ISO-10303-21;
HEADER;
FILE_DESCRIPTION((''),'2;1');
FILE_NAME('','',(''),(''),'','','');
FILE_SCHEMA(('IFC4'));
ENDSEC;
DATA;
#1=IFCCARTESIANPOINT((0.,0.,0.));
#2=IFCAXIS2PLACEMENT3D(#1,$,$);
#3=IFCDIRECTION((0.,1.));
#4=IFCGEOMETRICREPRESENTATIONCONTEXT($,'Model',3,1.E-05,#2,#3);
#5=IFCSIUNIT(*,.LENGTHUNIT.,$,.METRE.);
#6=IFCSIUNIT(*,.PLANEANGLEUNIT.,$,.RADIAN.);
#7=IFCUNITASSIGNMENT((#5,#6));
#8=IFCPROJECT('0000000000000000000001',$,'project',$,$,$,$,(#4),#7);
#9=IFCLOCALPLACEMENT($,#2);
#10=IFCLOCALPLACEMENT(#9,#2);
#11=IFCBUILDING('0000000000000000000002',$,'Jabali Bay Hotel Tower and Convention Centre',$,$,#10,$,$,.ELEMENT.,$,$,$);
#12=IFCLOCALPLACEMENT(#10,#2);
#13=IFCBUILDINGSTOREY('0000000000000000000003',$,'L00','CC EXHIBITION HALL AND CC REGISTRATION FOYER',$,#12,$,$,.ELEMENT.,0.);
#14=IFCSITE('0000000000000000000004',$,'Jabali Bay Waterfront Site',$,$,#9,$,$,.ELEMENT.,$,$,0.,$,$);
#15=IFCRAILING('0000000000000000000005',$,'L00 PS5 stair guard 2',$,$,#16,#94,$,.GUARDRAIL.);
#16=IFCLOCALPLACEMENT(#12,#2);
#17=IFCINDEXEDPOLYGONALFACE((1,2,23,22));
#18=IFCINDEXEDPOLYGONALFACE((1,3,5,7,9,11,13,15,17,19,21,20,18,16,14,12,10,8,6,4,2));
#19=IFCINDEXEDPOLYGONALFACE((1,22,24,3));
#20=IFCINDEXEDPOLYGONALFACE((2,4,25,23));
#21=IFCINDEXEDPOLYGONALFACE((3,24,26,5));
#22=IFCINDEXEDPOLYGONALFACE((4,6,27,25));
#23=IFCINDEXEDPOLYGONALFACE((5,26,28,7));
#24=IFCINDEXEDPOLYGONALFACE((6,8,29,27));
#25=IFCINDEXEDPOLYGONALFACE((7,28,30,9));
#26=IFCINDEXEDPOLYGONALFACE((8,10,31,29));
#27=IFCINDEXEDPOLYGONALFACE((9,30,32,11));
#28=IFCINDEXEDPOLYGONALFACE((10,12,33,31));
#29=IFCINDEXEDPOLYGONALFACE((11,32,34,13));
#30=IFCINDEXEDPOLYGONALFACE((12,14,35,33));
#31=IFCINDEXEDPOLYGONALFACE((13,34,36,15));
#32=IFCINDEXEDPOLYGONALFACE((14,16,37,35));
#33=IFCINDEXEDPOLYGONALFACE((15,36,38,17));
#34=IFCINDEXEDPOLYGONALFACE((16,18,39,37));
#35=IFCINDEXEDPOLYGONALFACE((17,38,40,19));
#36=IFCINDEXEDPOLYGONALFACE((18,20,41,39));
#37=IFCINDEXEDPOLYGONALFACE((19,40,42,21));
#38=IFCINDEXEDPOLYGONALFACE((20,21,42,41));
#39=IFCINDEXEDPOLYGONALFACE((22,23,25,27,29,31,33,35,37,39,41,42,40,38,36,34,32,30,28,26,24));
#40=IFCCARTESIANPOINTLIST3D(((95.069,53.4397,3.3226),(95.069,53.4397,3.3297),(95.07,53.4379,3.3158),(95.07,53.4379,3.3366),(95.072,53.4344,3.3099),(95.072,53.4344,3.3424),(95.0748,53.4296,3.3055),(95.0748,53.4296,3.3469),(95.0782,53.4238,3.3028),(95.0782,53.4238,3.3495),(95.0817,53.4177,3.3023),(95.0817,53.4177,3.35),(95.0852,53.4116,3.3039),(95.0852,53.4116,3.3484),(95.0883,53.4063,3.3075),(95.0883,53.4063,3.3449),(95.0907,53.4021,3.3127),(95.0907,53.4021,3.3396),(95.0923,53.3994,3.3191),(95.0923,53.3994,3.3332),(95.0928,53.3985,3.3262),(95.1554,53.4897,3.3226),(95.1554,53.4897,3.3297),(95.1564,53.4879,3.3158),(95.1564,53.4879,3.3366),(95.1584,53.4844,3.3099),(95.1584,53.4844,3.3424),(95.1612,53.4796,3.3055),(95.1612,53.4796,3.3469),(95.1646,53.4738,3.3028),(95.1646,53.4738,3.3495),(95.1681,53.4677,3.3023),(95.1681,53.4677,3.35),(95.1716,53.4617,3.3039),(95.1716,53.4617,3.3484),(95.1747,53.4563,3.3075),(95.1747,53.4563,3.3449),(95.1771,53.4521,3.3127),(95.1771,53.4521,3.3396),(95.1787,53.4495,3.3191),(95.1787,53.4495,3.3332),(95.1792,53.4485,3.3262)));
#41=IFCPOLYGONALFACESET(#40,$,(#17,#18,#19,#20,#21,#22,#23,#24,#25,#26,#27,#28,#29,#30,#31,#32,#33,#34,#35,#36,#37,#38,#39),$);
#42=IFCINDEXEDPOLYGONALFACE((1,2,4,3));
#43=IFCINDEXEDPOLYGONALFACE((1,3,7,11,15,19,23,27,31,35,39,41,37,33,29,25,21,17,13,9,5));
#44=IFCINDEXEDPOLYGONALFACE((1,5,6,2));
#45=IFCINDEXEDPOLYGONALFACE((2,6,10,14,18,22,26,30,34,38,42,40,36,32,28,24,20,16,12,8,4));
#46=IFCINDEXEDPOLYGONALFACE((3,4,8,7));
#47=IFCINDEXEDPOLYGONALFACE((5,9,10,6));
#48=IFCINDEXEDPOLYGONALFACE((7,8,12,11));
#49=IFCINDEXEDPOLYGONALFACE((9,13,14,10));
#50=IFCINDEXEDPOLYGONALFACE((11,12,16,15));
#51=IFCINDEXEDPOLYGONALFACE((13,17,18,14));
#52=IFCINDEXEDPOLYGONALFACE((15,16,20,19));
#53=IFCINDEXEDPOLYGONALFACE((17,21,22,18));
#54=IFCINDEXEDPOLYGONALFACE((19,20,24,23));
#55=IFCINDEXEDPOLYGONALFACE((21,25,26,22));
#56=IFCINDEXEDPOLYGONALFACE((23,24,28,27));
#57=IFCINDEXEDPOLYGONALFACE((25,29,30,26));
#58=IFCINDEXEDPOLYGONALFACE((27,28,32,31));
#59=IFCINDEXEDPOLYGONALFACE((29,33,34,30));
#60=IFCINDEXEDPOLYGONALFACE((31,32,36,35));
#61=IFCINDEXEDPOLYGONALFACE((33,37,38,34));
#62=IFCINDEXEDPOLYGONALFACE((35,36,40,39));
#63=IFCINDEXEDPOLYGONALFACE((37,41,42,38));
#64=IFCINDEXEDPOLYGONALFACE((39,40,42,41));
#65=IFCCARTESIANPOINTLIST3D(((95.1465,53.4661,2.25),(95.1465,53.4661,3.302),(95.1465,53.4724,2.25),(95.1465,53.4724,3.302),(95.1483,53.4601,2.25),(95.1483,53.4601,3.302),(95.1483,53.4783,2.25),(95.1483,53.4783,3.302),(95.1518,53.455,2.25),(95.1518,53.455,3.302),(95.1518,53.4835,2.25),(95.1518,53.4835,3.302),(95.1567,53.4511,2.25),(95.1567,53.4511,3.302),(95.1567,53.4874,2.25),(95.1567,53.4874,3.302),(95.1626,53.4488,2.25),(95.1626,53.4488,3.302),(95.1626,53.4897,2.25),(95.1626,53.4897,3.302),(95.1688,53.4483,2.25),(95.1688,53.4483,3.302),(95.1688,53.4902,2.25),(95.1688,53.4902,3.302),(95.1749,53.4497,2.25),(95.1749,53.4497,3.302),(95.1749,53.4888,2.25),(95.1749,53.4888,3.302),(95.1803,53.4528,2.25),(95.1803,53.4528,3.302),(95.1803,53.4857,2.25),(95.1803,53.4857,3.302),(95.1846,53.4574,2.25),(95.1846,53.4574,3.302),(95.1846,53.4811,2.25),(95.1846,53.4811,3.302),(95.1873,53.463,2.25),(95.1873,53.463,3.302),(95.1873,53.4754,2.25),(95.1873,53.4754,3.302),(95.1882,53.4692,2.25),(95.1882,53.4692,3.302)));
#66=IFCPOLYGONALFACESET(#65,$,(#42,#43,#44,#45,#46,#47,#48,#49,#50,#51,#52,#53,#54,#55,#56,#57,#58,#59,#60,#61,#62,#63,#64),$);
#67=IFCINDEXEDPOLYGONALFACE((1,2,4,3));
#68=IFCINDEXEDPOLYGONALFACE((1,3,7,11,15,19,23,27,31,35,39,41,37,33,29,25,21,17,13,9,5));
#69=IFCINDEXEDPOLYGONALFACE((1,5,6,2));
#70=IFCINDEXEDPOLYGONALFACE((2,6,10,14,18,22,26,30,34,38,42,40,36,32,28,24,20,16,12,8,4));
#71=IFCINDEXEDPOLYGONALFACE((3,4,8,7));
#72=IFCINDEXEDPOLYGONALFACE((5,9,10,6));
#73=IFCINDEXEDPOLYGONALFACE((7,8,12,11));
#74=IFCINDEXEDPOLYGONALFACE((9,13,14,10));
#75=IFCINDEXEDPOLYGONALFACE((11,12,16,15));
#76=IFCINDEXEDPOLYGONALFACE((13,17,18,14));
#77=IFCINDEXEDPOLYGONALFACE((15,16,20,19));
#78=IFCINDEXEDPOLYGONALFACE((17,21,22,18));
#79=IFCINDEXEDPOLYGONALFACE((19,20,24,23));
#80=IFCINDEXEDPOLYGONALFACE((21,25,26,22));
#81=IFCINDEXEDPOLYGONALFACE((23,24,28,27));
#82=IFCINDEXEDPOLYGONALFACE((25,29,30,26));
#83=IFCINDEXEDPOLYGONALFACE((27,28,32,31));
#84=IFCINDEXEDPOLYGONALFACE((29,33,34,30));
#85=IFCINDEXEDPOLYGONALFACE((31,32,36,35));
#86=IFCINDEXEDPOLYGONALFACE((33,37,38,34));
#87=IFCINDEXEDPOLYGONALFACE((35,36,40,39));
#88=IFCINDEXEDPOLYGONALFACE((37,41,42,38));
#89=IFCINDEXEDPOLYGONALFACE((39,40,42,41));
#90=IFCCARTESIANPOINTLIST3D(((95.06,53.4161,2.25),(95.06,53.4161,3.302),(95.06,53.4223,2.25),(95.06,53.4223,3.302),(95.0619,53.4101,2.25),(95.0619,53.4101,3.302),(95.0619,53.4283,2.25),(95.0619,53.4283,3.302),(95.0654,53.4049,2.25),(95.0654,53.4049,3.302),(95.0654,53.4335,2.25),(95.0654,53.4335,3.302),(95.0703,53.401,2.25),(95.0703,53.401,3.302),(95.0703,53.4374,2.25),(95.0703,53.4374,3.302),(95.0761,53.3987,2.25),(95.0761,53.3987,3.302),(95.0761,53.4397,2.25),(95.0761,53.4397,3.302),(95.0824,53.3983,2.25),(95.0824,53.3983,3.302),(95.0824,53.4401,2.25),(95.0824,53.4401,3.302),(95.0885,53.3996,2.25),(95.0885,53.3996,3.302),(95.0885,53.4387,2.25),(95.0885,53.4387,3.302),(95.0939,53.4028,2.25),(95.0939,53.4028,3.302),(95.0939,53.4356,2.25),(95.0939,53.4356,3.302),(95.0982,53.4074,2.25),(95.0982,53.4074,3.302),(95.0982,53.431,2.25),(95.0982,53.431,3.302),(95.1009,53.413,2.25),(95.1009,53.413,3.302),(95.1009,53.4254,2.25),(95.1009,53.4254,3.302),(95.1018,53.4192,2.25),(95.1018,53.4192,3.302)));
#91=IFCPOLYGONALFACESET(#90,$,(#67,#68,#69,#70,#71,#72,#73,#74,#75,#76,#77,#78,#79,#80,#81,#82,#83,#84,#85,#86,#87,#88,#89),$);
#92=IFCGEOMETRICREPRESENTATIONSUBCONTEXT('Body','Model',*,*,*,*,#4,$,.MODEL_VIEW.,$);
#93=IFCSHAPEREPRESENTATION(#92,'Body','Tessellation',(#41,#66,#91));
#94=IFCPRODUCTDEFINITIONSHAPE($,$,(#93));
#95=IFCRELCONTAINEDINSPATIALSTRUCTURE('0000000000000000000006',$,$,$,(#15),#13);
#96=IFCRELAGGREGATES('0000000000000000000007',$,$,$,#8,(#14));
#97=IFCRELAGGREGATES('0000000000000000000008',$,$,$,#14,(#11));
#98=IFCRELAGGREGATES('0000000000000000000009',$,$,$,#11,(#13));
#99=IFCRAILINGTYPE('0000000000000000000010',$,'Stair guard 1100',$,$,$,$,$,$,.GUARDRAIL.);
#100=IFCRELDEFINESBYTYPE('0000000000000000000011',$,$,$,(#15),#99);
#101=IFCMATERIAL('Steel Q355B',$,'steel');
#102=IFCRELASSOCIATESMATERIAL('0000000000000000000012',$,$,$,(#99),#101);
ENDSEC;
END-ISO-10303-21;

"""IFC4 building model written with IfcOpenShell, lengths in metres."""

from ifc_helpers import new_model, si_unit, direction, frame, origin, origin_2d, place, context, subcontext, project, spatial, circle, extrude, material, type_object, element, save


model = new_model("IFC4")

# Units and contexts
model_context = context("Model", 3, precision=1e-05, world=origin(), true_north=direction((0.0, 1.0)))
body_context = subcontext(model_context, "Body", "Model", "MODEL_VIEW")
ifc_project = project(units=[si_unit("LENGTHUNIT", "METRE"), si_unit("PLANEANGLEUNIT", "RADIAN")], contexts=[model_context])

# Site, building, storey
site_placement = place(None, origin())
site = spatial("IfcSite", under=ifc_project, at=site_placement, Name="Jabali Bay Waterfront Site", CompositionType="ELEMENT", RefElevation=0.0)
building_placement = place(site_placement, origin())
building = spatial("IfcBuilding", under=site, at=building_placement, Name="Jabali Bay Hotel Tower and Convention Centre", CompositionType="ELEMENT")
storey_placement = place(building_placement, origin())
storey = spatial("IfcBuildingStorey", under=building, at=storey_placement, Name="L00", Description="CC EXHIBITION HALL AND CC REGISTRATION FOYER", CompositionType="ELEMENT", Elevation=0.0)

# Railing
ifc_material_1 = material(Name="Steel Q355B", Category="steel")
railing_type_1 = type_object("IfcRailingType", Name="Stair guard 1100", PredefinedType="GUARDRAIL", material=ifc_material_1)
railing_1_placement = place(storey_placement, frame((95.1672, 53.4692, 2.25)))
element("IfcRailing", 1, at=railing_1_placement, inside=storey, type_object=railing_type_1, Name="L00 PS5 stair guard 2", PredefinedType="GUARDRAIL", context=body_context, shape_type="SweptSolid", body=[
    extrude(circle(Radius=0.0239, at=origin_2d()), frame((0.0, 0.0, 1.0762), z_axis=(-0.86537, -0.501133, 0.0), x_axis=(0.501133, -0.86537, 0.0)), (0.0, 0.0, 1.0), 0.0999),
    extrude(circle(Radius=0.021, at=origin_2d()), origin(), (0.0, 0.0, 1.0), 1.052),
    extrude(circle(Radius=0.021, at=origin_2d()), frame((-0.0864, -0.05, 0.0)), (0.0, 0.0, 1.0), 1.052),
])

save(model, "model.ifc")
